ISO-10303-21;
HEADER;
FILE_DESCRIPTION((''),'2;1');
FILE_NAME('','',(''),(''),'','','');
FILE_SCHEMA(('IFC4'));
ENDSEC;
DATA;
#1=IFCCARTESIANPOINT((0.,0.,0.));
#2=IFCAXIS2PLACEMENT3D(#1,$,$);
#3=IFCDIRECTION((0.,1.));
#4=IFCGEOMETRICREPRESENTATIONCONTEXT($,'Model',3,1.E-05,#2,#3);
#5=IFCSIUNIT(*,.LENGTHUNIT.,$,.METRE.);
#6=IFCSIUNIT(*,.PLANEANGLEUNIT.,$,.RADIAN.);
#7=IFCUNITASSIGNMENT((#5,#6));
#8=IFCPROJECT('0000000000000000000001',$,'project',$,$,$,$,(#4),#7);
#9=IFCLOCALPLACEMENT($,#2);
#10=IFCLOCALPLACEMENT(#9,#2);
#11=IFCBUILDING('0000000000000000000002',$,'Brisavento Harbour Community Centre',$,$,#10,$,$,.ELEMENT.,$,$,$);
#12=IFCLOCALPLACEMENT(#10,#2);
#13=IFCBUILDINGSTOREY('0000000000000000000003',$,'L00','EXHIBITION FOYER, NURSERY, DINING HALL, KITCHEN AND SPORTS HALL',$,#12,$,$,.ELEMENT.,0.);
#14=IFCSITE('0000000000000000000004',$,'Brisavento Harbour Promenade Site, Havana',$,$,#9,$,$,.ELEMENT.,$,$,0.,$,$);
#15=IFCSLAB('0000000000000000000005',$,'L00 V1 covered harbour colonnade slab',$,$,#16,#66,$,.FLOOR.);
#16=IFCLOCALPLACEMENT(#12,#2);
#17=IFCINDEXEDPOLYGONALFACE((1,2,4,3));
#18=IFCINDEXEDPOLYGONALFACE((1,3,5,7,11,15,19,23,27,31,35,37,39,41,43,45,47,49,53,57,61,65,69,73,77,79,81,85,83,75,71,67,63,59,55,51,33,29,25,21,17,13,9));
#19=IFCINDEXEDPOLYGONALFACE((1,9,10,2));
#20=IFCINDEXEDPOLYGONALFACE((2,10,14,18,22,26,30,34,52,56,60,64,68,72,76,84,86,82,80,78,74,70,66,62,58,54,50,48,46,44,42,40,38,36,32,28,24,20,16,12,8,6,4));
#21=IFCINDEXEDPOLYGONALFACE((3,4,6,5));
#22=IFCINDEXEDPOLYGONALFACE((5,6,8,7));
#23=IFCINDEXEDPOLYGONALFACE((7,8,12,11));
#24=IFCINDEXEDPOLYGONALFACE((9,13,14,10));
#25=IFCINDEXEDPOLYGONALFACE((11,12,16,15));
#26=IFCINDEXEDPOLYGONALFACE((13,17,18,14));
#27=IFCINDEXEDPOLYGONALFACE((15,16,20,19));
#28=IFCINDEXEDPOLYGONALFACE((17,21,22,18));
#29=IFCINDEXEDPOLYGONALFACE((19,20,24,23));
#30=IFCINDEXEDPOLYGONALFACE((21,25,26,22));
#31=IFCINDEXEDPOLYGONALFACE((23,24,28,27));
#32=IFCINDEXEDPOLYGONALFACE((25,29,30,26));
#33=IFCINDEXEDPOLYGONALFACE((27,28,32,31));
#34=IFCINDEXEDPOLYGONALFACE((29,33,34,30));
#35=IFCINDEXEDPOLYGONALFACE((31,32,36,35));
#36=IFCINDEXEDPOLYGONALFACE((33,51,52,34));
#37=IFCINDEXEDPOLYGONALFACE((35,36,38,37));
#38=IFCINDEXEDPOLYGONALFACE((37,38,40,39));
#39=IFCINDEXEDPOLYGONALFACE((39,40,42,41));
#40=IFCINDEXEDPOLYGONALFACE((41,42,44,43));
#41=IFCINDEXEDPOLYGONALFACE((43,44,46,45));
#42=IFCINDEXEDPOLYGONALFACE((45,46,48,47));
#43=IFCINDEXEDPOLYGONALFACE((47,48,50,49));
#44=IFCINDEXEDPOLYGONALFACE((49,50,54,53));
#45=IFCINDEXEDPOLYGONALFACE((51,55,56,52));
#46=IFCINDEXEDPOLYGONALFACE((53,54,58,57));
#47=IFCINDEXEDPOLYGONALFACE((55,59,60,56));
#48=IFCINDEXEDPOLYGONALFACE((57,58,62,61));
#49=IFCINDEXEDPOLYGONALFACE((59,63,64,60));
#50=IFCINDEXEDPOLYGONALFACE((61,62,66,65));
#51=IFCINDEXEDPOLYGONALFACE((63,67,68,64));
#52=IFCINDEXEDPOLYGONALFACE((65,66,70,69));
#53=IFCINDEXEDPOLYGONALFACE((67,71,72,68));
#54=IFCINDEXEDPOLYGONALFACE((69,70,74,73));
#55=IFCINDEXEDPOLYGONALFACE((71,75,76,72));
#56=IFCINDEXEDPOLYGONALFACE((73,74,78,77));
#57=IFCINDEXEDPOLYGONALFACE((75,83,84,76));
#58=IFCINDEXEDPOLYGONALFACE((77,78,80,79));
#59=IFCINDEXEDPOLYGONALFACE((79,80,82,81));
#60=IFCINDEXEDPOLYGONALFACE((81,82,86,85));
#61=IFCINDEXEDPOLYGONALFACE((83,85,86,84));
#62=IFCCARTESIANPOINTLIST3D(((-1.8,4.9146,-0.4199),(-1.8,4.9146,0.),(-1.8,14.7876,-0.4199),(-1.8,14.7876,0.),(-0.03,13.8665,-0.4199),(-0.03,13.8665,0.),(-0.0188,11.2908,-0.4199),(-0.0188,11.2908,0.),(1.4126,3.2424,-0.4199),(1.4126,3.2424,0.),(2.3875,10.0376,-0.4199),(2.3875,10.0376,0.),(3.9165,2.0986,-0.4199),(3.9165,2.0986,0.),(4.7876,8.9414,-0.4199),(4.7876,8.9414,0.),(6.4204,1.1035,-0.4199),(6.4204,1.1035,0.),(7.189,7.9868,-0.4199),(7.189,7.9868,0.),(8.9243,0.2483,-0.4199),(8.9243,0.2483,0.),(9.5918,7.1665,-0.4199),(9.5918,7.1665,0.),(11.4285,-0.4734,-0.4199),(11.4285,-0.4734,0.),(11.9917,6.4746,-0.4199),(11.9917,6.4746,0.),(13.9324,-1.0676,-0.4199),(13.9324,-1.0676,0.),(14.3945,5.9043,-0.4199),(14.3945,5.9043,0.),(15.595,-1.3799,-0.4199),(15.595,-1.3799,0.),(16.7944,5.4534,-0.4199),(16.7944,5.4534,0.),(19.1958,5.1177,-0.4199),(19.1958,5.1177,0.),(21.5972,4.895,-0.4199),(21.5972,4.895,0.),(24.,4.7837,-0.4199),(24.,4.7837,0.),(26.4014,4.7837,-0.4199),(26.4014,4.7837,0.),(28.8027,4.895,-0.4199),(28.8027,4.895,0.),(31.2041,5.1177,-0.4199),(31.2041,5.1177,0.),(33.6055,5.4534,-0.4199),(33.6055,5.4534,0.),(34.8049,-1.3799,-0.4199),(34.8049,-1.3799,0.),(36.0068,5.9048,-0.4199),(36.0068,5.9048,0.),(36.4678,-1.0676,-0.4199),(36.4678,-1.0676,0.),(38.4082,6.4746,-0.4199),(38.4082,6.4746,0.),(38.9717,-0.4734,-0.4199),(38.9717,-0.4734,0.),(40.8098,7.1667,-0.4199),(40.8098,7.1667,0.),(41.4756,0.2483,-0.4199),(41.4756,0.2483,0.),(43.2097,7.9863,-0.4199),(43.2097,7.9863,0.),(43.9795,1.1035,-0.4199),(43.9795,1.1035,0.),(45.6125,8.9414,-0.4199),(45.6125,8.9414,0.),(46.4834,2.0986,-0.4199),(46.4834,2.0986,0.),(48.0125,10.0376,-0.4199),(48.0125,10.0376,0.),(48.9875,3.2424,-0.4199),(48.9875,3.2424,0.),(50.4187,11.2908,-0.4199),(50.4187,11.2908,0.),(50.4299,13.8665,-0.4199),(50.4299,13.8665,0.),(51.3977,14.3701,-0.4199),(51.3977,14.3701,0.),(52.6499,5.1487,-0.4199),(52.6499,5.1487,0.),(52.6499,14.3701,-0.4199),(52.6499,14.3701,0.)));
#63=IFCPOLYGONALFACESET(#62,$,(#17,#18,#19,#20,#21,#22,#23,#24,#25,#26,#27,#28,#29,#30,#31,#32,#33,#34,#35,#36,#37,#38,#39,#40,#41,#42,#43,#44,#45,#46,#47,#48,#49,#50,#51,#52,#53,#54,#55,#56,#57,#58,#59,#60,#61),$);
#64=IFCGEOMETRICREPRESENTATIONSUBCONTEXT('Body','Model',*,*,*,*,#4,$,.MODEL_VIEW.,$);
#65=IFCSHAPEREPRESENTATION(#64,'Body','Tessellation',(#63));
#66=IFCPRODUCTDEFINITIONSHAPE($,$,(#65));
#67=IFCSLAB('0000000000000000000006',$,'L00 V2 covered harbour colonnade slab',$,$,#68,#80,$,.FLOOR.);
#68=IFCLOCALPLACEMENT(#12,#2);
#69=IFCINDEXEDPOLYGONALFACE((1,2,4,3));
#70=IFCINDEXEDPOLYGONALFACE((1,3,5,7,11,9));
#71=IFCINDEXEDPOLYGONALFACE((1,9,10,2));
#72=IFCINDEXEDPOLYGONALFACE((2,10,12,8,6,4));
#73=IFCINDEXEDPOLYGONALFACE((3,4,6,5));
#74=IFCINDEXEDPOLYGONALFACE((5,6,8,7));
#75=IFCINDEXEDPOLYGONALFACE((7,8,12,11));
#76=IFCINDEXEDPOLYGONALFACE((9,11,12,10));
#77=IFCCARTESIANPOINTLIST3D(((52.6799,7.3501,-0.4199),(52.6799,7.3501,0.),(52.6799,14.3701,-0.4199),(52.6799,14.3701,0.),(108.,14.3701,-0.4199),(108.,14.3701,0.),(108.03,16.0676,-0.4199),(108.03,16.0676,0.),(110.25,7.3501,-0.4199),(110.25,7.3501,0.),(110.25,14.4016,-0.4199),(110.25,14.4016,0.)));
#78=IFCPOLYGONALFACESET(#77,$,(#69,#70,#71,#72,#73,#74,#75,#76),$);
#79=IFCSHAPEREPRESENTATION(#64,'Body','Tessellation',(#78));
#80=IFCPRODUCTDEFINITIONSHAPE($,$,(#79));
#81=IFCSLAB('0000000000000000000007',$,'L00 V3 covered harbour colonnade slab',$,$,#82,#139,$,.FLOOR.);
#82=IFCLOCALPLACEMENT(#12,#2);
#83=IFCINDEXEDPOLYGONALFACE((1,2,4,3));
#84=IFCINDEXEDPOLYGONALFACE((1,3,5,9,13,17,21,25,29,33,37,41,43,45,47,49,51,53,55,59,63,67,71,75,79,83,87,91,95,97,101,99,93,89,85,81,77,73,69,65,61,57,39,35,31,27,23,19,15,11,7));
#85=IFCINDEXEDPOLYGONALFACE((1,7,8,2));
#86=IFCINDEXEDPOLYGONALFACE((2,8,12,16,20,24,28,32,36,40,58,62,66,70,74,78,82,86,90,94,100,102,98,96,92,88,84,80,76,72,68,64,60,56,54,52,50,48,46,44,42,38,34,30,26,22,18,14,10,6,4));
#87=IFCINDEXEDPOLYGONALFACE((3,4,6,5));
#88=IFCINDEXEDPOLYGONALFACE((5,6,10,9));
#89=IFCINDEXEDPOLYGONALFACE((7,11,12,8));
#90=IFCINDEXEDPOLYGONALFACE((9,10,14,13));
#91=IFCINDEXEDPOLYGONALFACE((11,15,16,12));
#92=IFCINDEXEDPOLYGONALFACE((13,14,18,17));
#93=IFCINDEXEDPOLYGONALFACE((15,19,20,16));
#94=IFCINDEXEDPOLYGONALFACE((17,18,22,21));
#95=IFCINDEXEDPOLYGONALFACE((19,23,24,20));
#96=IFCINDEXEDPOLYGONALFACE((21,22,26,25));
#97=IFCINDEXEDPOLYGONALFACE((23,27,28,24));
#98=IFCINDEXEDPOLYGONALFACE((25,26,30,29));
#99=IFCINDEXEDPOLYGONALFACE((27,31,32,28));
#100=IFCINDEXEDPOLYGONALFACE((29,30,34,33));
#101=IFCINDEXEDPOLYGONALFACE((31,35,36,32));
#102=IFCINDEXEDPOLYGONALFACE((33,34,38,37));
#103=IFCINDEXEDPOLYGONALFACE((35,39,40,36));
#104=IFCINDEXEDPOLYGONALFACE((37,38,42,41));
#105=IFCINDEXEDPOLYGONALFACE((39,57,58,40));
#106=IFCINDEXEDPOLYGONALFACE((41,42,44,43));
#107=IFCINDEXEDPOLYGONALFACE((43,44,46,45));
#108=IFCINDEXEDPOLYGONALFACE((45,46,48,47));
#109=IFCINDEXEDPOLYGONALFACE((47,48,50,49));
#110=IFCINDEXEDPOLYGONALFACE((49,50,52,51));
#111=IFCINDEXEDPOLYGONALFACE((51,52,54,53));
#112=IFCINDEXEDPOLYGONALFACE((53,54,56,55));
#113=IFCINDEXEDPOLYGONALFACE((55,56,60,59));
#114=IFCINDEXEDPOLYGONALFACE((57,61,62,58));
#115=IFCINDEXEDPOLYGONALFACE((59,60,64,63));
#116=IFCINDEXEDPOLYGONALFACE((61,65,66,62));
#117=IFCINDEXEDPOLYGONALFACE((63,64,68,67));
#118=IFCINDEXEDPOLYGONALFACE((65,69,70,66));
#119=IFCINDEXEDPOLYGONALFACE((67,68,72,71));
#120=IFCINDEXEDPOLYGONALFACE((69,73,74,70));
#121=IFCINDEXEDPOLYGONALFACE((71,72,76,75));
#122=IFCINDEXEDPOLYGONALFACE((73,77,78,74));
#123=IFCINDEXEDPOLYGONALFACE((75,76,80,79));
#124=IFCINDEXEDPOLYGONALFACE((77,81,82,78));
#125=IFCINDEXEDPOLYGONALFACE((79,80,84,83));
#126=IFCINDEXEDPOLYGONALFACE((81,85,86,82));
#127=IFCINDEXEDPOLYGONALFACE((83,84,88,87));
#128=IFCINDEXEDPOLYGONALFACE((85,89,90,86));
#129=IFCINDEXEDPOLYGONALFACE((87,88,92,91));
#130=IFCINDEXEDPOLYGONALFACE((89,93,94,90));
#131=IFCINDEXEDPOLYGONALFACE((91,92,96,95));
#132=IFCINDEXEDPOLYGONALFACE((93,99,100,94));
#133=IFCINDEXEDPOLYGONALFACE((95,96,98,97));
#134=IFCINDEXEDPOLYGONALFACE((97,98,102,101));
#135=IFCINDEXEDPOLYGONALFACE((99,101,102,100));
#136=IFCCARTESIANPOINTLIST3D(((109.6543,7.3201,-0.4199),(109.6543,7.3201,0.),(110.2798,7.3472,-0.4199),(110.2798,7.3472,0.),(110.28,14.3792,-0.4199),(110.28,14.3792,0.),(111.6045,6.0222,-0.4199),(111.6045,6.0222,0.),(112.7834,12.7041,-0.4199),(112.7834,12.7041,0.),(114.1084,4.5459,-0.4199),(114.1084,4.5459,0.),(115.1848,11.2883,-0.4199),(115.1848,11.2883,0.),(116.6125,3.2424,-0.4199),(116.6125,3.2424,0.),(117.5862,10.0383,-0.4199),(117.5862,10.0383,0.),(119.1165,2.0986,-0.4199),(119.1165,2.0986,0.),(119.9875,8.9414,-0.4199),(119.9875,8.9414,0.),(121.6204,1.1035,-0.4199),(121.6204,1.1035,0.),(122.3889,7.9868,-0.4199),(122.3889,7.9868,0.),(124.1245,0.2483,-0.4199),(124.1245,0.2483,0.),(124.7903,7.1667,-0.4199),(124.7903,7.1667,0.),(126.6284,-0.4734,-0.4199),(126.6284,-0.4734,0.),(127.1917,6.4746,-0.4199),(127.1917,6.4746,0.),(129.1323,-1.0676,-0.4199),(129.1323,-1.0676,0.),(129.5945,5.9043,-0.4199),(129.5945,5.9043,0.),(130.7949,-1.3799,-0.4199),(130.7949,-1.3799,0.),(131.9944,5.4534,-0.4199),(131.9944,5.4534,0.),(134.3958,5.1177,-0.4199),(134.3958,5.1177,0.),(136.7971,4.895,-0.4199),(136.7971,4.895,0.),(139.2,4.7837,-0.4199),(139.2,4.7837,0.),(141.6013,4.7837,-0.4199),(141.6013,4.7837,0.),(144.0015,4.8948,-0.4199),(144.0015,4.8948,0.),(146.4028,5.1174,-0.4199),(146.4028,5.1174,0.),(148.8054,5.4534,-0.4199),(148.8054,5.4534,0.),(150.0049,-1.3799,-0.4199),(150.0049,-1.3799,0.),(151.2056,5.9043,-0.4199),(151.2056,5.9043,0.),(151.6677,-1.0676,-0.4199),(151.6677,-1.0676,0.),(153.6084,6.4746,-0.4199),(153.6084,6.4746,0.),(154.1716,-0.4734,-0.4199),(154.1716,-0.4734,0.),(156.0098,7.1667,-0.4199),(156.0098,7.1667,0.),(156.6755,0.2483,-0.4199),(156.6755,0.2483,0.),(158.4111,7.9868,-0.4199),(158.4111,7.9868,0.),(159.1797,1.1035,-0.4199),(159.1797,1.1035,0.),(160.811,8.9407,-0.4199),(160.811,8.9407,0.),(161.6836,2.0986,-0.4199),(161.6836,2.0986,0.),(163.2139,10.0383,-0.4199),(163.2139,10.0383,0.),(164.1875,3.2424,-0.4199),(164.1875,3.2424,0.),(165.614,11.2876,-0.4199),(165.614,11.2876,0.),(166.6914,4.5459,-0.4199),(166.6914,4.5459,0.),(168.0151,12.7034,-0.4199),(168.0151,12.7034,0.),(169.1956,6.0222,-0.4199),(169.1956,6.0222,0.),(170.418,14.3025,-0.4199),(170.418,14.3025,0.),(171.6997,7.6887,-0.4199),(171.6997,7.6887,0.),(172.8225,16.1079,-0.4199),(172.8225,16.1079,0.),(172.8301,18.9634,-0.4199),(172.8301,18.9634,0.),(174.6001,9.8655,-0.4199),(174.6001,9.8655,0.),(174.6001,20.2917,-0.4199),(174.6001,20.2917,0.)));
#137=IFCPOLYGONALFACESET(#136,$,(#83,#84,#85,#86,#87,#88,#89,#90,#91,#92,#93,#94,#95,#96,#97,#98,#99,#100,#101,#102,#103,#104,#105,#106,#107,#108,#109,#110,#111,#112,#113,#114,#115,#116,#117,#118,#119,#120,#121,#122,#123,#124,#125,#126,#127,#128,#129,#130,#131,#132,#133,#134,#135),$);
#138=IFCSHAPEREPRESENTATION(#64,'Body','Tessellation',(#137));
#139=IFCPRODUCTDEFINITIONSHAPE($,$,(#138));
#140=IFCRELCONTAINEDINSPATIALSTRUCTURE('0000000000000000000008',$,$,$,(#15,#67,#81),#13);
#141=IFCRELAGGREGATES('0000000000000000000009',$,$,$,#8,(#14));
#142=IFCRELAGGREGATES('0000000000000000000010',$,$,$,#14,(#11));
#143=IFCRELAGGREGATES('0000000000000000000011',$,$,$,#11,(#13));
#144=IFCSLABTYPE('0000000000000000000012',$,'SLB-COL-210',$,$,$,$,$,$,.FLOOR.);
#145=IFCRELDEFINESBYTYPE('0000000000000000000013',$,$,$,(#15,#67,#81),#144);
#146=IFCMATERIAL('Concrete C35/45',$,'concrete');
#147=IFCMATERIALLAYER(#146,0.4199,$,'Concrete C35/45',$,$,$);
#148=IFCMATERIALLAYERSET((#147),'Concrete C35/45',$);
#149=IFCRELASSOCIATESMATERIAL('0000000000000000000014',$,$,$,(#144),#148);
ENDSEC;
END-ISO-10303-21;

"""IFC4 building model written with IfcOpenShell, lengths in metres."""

from ifc_helpers import new_model, si_unit, direction, frame, origin, place, context, subcontext, project, spatial, polyline, outline, extrude, material, layer, layer_set, type_object, element, save


model = new_model("IFC4")

# Units and contexts
model_context = context("Model", 3, precision=1e-05, world=origin(), true_north=direction((0.0, 1.0)))
body_context = subcontext(model_context, "Body", "Model", "MODEL_VIEW")
ifc_project = project(units=[si_unit("LENGTHUNIT", "METRE"), si_unit("PLANEANGLEUNIT", "RADIAN")], contexts=[model_context])

# Site, building, storey
site_placement = place(None, origin())
site = spatial("IfcSite", under=ifc_project, at=site_placement, Name="Brisavento Harbour Promenade Site, Havana", CompositionType="ELEMENT", RefElevation=0.0)
building_placement = place(site_placement, origin())
building = spatial("IfcBuilding", under=site, at=building_placement, Name="Brisavento Harbour Community Centre", CompositionType="ELEMENT")
storey_placement = place(building_placement, origin())
storey = spatial("IfcBuildingStorey", under=building, at=storey_placement, Name="L00", Description="EXHIBITION FOYER, NURSERY, DINING HALL, KITCHEN AND SPORTS HALL", CompositionType="ELEMENT", Elevation=0.0)

# Slabs
ifc_material_1 = material(Name="Concrete C35/45", Category="concrete")
ifc_layer_1 = layer(ifc_material_1, 0.4199, Name="Concrete C35/45")
ifc_layer_set_1 = layer_set([ifc_layer_1], Name="Concrete C35/45")
slab_type_1 = type_object("IfcSlabType", Name="SLB-COL-210", PredefinedType="FLOOR", material=ifc_layer_set_1)
slab_1_placement = place(storey_placement, frame((0.0, 0.0, -0.4199)))
element("IfcSlab", 1, at=slab_1_placement, inside=storey, type_object=slab_type_1, Name="L00 V1 covered harbour colonnade slab", PredefinedType="FLOOR", context=body_context, shape_type="SweptSolid", body=[
    extrude(outline(polyline([(50.4299, 13.8665), (50.4187, 11.2908), (48.0125, 10.0376), (45.6125, 8.9414), (43.2097, 7.9863), (40.8098, 7.1667), (38.4082, 6.4746), (36.0068, 5.9048), (33.6055, 5.4534), (31.2041, 5.1177), (28.8027, 4.895), (26.4014, 4.7837), (24.0, 4.7837), (21.5972, 4.895), (19.1958, 5.1177), (16.7944, 5.4534), (14.3945, 5.9043), (11.9917, 6.4746), (9.5918, 7.1665), (7.189, 7.9868), (4.7876, 8.9414), (2.3875, 10.0376), (-0.0188, 11.2908), (-0.03, 13.8665), (-1.8, 14.7876), (-1.8, 4.9146), (1.4126, 3.2424), (3.9165, 2.0986), (6.4204, 1.1035), (8.9243, 0.2483), (11.4285, -0.4734), (13.9324, -1.0676), (15.595, -1.3799), (34.8049, -1.3799), (36.4678, -1.0676), (38.9717, -0.4734), (41.4756, 0.2483), (43.9795, 1.1035), (46.4834, 2.0986), (48.9875, 3.2424), (52.6499, 5.1487), (52.6499, 14.3701), (51.3977, 14.3701), (50.4299, 13.8665)])), origin(), (0.0, 0.0, 1.0), 0.4199),
])
slab_2_placement = place(storey_placement, frame((0.0, 0.0, -0.4199)))
element("IfcSlab", 2, at=slab_2_placement, inside=storey, type_object=slab_type_1, Name="L00 V2 covered harbour colonnade slab", PredefinedType="FLOOR", context=body_context, shape_type="SweptSolid", body=[
    extrude(outline(polyline([(110.25, 7.3501), (110.25, 14.4016), (108.03, 16.0676), (108.0, 14.3701), (52.6799, 14.3701), (52.6799, 7.3501), (110.25, 7.3501)])), origin(), (0.0, 0.0, 1.0), 0.4199),
])
slab_3_placement = place(storey_placement, frame((0.0, 0.0, -0.4199)))
element("IfcSlab", 3, at=slab_3_placement, inside=storey, type_object=slab_type_1, Name="L00 V3 covered harbour colonnade slab", PredefinedType="FLOOR", context=body_context, shape_type="SweptSolid", body=[
    extrude(outline(polyline([(174.6001, 20.2917), (172.8301, 18.9634), (172.8225, 16.1079), (170.418, 14.3025), (168.0151, 12.7034), (165.614, 11.2876), (163.2139, 10.0383), (160.811, 8.9407), (158.4111, 7.9868), (156.0098, 7.1667), (153.6084, 6.4746), (151.2056, 5.9043), (148.8054, 5.4534), (146.4028, 5.1174), (144.0015, 4.8948), (141.6013, 4.7837), (139.2, 4.7837), (136.7971, 4.895), (134.3958, 5.1177), (131.9944, 5.4534), (129.5945, 5.9043), (127.1917, 6.4746), (124.7903, 7.1667), (122.3889, 7.9868), (119.9875, 8.9414), (117.5862, 10.0383), (115.1848, 11.2883), (112.7834, 12.7041), (110.28, 14.3792), (110.2798, 7.3472), (109.6543, 7.3201), (111.6045, 6.0222), (114.1084, 4.5459), (116.6125, 3.2424), (119.1165, 2.0986), (121.6204, 1.1035), (124.1245, 0.2483), (126.6284, -0.4734), (129.1323, -1.0676), (130.7949, -1.3799), (150.0049, -1.3799), (151.6677, -1.0676), (154.1716, -0.4734), (156.6755, 0.2483), (159.1797, 1.1035), (161.6836, 2.0986), (164.1875, 3.2424), (166.6914, 4.5459), (169.1956, 6.0222), (171.6997, 7.6887), (174.6001, 9.8655), (174.6001, 20.2917)])), origin(), (0.0, 0.0, 1.0), 0.4199),
])

save(model, "model.ifc")
